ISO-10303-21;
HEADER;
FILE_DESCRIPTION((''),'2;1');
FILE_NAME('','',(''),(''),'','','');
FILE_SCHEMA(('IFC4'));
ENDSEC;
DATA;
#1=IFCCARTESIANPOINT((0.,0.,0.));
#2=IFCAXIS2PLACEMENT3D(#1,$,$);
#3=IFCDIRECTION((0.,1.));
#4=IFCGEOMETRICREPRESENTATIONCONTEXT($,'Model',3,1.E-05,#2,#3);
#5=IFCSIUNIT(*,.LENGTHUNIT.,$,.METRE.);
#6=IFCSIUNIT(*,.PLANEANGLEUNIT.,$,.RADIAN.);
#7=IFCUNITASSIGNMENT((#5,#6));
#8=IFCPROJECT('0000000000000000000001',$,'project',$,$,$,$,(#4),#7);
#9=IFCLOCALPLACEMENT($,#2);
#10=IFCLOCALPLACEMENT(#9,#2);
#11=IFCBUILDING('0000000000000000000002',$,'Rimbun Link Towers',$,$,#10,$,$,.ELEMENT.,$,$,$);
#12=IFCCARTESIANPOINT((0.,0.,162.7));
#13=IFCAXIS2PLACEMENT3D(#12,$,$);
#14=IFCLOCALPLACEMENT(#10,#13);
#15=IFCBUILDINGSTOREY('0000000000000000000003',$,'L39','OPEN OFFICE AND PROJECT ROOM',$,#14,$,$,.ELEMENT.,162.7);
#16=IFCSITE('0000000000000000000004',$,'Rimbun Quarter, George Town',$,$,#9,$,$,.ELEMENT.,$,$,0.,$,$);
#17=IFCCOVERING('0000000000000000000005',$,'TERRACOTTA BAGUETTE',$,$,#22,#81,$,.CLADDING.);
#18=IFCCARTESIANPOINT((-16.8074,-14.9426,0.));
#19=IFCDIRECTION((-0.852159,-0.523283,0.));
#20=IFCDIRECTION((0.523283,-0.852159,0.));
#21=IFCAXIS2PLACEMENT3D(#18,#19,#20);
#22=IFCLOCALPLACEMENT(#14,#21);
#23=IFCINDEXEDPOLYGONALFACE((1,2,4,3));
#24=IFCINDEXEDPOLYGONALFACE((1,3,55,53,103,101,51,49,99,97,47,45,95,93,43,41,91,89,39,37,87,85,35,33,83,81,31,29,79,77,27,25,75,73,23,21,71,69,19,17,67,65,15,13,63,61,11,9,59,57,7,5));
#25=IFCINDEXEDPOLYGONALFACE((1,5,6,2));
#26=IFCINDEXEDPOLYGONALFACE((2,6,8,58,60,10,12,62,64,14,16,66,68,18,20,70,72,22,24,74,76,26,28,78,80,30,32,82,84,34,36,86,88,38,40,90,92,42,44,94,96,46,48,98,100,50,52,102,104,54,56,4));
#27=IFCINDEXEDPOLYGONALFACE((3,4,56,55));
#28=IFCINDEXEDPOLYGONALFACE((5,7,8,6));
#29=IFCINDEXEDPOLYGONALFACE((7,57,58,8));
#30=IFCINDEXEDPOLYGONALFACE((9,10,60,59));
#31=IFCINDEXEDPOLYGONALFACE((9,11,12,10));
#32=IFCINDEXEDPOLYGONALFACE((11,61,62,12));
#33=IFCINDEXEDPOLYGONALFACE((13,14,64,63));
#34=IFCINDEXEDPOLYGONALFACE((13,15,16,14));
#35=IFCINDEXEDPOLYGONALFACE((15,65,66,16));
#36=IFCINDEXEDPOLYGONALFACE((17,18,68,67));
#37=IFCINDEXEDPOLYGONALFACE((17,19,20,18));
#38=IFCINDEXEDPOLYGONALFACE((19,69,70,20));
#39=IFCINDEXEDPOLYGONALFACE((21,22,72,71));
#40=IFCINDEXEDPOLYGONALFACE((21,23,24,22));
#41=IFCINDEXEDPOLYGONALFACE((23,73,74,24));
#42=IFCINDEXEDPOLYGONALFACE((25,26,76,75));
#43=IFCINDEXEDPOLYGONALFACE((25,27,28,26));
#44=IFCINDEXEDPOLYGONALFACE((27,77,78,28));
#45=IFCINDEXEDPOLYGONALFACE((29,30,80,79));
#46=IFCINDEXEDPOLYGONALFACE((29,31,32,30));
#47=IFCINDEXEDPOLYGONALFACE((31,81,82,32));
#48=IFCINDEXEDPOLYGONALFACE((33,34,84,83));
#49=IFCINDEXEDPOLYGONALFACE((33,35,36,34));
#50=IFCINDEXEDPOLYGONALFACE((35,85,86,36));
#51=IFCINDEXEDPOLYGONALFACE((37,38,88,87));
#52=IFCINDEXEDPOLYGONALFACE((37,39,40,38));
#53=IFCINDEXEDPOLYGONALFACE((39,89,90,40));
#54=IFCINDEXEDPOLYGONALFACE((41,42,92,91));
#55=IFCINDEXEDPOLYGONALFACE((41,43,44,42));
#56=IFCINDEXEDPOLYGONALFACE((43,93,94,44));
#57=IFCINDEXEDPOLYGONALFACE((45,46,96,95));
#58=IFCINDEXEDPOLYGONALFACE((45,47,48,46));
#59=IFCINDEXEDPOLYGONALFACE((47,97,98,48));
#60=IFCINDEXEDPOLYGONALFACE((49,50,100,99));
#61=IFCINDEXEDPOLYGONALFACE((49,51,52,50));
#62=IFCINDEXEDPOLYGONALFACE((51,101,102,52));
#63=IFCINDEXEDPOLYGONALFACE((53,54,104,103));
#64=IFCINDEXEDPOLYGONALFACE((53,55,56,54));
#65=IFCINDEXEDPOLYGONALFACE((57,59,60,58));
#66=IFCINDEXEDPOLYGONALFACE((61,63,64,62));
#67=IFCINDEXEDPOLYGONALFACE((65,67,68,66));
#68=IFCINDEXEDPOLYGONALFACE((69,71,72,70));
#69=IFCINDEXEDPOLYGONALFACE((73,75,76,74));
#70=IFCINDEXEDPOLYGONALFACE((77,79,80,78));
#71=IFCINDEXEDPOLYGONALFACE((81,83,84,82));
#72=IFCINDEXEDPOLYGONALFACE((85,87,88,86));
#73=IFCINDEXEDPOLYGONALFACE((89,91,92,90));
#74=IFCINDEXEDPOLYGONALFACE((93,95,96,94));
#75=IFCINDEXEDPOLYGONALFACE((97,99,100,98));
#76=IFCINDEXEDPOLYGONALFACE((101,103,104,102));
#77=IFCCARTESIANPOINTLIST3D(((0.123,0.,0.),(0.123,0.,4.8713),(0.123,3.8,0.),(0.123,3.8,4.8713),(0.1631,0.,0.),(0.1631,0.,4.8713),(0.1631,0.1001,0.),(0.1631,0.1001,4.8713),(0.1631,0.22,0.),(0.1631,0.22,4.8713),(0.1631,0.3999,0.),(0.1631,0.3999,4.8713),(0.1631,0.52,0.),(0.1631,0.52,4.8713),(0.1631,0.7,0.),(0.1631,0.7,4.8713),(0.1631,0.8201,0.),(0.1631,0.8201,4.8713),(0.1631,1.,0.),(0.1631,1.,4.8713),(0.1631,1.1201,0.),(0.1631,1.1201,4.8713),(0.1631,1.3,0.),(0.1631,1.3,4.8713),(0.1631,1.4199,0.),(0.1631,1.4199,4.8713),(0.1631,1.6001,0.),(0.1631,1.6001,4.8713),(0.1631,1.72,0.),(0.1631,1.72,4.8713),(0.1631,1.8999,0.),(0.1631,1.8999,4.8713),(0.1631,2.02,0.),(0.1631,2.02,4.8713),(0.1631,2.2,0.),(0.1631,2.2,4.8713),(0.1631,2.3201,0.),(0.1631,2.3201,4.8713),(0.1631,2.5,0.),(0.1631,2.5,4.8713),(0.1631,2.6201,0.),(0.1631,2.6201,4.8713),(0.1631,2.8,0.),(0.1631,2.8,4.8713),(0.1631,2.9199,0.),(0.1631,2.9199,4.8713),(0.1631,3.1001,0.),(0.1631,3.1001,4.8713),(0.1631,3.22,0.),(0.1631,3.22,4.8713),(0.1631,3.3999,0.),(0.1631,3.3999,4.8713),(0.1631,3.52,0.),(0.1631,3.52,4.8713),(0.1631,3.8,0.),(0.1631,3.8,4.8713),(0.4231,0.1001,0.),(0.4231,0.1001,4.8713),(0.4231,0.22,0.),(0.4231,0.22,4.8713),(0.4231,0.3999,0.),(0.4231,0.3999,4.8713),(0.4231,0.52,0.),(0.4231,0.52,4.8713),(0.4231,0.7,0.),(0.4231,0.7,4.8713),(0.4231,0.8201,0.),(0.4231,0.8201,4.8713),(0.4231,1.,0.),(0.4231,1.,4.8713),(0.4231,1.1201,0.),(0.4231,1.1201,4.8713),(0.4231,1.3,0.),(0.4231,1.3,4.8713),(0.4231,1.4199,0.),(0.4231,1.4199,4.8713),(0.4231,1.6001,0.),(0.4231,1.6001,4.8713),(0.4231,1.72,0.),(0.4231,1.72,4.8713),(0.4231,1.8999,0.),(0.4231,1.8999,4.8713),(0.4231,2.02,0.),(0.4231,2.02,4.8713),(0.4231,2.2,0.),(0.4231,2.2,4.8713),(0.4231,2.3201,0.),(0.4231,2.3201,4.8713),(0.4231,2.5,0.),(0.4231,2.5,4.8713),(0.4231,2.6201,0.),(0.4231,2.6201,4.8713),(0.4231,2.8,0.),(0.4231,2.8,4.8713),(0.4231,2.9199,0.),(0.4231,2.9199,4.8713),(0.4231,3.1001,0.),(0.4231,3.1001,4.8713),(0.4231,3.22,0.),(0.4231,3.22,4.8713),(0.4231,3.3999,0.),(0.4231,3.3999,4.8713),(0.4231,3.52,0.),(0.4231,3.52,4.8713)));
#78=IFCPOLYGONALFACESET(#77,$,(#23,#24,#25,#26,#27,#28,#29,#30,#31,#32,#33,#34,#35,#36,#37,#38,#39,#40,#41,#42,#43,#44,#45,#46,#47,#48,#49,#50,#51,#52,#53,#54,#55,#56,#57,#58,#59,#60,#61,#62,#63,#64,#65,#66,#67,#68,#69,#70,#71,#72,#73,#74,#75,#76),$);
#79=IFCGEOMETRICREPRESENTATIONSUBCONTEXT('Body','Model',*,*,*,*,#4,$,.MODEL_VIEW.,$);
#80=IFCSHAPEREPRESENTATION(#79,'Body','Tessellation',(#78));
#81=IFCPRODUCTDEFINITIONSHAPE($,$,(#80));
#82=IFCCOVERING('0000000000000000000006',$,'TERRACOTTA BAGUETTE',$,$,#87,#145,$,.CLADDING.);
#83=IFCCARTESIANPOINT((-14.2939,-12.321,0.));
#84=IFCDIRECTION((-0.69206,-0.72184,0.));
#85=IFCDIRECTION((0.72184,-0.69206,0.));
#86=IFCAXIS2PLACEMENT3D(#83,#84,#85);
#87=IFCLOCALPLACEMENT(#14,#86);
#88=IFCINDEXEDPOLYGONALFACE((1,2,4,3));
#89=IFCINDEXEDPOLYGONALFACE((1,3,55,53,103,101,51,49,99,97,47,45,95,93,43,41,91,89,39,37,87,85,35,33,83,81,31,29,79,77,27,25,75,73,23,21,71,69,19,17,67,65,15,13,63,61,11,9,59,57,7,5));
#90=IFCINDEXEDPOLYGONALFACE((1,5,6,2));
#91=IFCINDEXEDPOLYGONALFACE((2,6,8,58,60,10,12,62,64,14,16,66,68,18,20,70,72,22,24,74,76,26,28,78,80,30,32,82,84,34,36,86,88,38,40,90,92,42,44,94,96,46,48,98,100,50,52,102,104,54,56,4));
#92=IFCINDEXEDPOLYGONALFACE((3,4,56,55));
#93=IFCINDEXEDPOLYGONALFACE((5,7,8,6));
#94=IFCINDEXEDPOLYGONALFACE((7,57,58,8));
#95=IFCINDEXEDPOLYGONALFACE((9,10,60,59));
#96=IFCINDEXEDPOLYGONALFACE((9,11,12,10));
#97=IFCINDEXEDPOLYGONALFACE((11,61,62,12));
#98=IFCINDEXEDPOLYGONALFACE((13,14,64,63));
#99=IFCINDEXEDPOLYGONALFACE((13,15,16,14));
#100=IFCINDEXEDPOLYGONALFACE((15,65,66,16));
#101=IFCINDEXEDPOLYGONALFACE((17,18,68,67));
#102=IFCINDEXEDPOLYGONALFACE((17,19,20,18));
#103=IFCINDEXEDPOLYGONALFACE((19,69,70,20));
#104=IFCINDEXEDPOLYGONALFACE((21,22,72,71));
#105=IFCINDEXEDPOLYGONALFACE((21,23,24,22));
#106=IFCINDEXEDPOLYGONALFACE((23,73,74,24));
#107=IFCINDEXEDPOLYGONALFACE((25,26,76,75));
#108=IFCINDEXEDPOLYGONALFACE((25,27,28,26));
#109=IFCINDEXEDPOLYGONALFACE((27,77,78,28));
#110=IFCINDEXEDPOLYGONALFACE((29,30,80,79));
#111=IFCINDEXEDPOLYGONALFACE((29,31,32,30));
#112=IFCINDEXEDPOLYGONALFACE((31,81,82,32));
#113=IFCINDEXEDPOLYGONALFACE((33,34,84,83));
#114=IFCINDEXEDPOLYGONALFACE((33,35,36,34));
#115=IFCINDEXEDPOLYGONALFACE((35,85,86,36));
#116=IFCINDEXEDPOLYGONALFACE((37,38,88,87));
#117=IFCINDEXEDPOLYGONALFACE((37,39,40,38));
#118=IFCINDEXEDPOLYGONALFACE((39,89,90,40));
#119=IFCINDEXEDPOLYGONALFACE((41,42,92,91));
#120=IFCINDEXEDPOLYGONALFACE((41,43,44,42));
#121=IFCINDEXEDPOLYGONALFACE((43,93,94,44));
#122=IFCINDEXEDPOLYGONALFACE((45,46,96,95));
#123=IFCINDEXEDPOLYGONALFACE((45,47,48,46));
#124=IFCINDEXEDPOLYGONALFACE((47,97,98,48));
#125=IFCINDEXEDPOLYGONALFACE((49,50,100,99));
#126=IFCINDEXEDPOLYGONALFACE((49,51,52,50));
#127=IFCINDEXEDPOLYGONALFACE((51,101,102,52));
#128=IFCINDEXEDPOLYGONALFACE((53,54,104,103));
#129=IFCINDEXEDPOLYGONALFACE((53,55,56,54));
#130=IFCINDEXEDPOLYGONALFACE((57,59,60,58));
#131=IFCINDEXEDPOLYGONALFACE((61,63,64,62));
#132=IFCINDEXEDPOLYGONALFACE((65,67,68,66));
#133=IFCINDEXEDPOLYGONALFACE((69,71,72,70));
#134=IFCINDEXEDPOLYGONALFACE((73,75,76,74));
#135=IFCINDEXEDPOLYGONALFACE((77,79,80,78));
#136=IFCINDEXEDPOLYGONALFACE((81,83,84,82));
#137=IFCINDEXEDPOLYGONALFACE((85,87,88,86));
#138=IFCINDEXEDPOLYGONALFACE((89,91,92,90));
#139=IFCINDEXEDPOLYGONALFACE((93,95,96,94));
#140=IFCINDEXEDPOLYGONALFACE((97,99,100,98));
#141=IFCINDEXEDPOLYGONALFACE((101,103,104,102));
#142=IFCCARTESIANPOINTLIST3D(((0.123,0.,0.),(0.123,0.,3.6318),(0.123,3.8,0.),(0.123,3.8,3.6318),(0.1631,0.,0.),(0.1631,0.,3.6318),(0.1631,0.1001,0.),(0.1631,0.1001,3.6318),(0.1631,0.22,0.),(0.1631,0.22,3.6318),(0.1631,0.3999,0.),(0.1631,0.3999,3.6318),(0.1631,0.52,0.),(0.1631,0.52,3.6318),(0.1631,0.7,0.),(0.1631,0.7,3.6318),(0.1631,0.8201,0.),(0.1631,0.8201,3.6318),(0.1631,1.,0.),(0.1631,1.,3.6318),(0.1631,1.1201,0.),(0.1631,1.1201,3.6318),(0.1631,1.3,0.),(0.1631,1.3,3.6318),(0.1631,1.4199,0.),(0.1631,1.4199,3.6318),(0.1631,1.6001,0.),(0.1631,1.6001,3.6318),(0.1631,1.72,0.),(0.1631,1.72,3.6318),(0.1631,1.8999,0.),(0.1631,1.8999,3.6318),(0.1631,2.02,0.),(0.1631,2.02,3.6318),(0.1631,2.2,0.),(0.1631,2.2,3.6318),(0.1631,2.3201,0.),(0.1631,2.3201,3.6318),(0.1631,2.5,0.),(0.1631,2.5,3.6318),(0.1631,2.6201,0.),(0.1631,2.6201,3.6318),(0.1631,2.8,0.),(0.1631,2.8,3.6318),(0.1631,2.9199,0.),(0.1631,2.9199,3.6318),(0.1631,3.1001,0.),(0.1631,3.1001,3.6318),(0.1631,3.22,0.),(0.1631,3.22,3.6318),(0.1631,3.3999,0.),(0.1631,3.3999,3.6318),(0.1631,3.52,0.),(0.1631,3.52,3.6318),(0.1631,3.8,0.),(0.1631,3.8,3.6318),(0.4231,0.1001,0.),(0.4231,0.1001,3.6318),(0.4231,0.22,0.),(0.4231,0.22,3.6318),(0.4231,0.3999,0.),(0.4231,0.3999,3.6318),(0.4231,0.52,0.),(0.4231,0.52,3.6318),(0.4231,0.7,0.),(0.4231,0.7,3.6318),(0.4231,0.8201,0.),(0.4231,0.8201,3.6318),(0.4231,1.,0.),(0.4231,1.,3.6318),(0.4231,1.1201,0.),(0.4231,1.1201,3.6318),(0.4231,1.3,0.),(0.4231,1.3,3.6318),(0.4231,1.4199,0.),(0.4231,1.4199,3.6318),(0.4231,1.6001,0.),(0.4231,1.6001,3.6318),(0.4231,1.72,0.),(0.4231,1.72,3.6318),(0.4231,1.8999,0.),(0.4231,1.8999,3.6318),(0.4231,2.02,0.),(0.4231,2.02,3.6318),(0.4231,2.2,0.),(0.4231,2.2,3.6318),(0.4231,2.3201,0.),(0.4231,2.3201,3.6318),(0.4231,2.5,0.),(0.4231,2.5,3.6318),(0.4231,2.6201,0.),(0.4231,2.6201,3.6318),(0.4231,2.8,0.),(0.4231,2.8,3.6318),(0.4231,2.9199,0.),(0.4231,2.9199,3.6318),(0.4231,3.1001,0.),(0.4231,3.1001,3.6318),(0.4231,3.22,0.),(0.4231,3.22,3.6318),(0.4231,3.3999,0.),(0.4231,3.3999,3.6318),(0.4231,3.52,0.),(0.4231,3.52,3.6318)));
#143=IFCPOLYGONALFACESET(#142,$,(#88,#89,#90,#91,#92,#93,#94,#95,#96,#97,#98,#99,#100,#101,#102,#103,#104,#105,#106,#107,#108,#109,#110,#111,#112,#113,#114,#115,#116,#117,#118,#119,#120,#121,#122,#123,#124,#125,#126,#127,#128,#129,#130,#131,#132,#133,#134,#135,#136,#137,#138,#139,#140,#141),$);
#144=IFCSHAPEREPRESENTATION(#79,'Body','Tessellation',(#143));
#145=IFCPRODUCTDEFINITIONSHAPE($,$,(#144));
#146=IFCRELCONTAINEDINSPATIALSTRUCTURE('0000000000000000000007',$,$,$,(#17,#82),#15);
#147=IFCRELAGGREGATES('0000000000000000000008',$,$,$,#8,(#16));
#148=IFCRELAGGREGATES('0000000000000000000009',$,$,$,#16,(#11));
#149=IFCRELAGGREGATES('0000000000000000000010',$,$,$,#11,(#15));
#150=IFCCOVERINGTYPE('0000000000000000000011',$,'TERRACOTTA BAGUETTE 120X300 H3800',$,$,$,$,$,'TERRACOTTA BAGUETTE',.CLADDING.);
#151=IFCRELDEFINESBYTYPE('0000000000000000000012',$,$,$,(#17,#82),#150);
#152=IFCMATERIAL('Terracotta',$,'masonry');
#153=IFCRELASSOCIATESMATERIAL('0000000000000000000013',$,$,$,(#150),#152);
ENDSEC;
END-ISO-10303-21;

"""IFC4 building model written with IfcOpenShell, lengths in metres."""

from ifc_helpers import new_model, si_unit, direction, frame, origin, place, context, subcontext, project, spatial, polyline, outline, extrude, material, material_profile, profile_set, type_object, element, save


model = new_model("IFC4")

# Units and contexts
model_context = context("Model", 3, precision=1e-05, world=origin(), true_north=direction((0.0, 1.0)))
body_context = subcontext(model_context, "Body", "Model", "MODEL_VIEW")
ifc_project = project(units=[si_unit("LENGTHUNIT", "METRE"), si_unit("PLANEANGLEUNIT", "RADIAN")], contexts=[model_context])

# Site, building, storey
site_placement = place(None, origin())
site = spatial("IfcSite", under=ifc_project, at=site_placement, Name="Rimbun Quarter, George Town", CompositionType="ELEMENT", RefElevation=0.0)
building_placement = place(site_placement, origin())
building = spatial("IfcBuilding", under=site, at=building_placement, Name="Rimbun Link Towers", CompositionType="ELEMENT")
storey_placement = place(building_placement, frame((0.0, 0.0, 162.7)))
storey = spatial("IfcBuildingStorey", under=building, at=storey_placement, Name="L39", Description="OPEN OFFICE AND PROJECT ROOM", CompositionType="ELEMENT", Elevation=162.7)

# Coverings
ifc_material_1 = material(Name="Terracotta", Category="masonry")
ifc_material_profile_1 = material_profile(ifc_material_1, outline(polyline([(0.123, 0.0), (0.1631, 0.0), (0.1631, 0.1001), (0.4231, 0.1001), (0.4231, 0.22), (0.1631, 0.22), (0.1631, 0.3999), (0.4231, 0.3999), (0.4231, 0.52), (0.1631, 0.52), (0.1631, 0.7), (0.4231, 0.7), (0.4231, 0.8201), (0.1631, 0.8201), (0.1631, 1.0), (0.4231, 1.0), (0.4231, 1.1201), (0.1631, 1.1201), (0.1631, 1.3), (0.4231, 1.3), (0.4231, 1.4199), (0.1631, 1.4199), (0.1631, 1.6001), (0.4231, 1.6001), (0.4231, 1.72), (0.1631, 1.72), (0.1631, 1.8999), (0.4231, 1.8999), (0.4231, 2.02), (0.1631, 2.02), (0.1631, 2.2), (0.4231, 2.2), (0.4231, 2.3201), (0.1631, 2.3201), (0.1631, 2.5), (0.4231, 2.5), (0.4231, 2.6201), (0.1631, 2.6201), (0.1631, 2.8), (0.4231, 2.8), (0.4231, 2.9199), (0.1631, 2.9199), (0.1631, 3.1001), (0.4231, 3.1001), (0.4231, 3.22), (0.1631, 3.22), (0.1631, 3.3999), (0.4231, 3.3999), (0.4231, 3.52), (0.1631, 3.52), (0.1631, 3.8), (0.123, 3.8), (0.123, 0.0)])), Name="BAGUETTE 120X300")
ifc_profile_set_1 = profile_set([ifc_material_profile_1], Name="Terracotta")
covering_type = type_object("IfcCoveringType", Name="TERRACOTTA BAGUETTE 120X300 H3800", ElementType="TERRACOTTA BAGUETTE", PredefinedType="CLADDING", material=ifc_profile_set_1)
covering_1_placement = place(storey_placement, frame((-16.8074, -14.9426, 0.0), z_axis=(-0.852159, -0.523283, 0.0), x_axis=(0.523283, -0.852159, 0.0)))
element("IfcCovering", 1, at=covering_1_placement, inside=storey, type_object=covering_type, Name="TERRACOTTA BAGUETTE", PredefinedType="CLADDING", context=body_context, shape_type="SweptSolid", body=[
    extrude(outline(polyline([(0.123, 0.0), (0.1631, 0.0), (0.1631, 0.1001), (0.4231, 0.1001), (0.4231, 0.22), (0.1631, 0.22), (0.1631, 0.3999), (0.4231, 0.3999), (0.4231, 0.52), (0.1631, 0.52), (0.1631, 0.7), (0.4231, 0.7), (0.4231, 0.8201), (0.1631, 0.8201), (0.1631, 1.0), (0.4231, 1.0), (0.4231, 1.1201), (0.1631, 1.1201), (0.1631, 1.3), (0.4231, 1.3), (0.4231, 1.4199), (0.1631, 1.4199), (0.1631, 1.6001), (0.4231, 1.6001), (0.4231, 1.72), (0.1631, 1.72), (0.1631, 1.8999), (0.4231, 1.8999), (0.4231, 2.02), (0.1631, 2.02), (0.1631, 2.2), (0.4231, 2.2), (0.4231, 2.3201), (0.1631, 2.3201), (0.1631, 2.5), (0.4231, 2.5), (0.4231, 2.6201), (0.1631, 2.6201), (0.1631, 2.8), (0.4231, 2.8), (0.4231, 2.9199), (0.1631, 2.9199), (0.1631, 3.1001), (0.4231, 3.1001), (0.4231, 3.22), (0.1631, 3.22), (0.1631, 3.3999), (0.4231, 3.3999), (0.4231, 3.52), (0.1631, 3.52), (0.1631, 3.8), (0.123, 3.8), (0.123, 0.0)])), origin(), (0.0, 0.0, 1.0), 4.8713),
])
covering_2_placement = place(storey_placement, frame((-14.2939, -12.321, 0.0), z_axis=(-0.69206, -0.72184, 0.0), x_axis=(0.72184, -0.69206, 0.0)))
element("IfcCovering", 2, at=covering_2_placement, inside=storey, type_object=covering_type, Name="TERRACOTTA BAGUETTE", PredefinedType="CLADDING", context=body_context, shape_type="SweptSolid", body=[
    extrude(outline(polyline([(0.123, 0.0), (0.1631, 0.0), (0.1631, 0.1001), (0.4231, 0.1001), (0.4231, 0.22), (0.1631, 0.22), (0.1631, 0.3999), (0.4231, 0.3999), (0.4231, 0.52), (0.1631, 0.52), (0.1631, 0.7), (0.4231, 0.7), (0.4231, 0.8201), (0.1631, 0.8201), (0.1631, 1.0), (0.4231, 1.0), (0.4231, 1.1201), (0.1631, 1.1201), (0.1631, 1.3), (0.4231, 1.3), (0.4231, 1.4199), (0.1631, 1.4199), (0.1631, 1.6001), (0.4231, 1.6001), (0.4231, 1.72), (0.1631, 1.72), (0.1631, 1.8999), (0.4231, 1.8999), (0.4231, 2.02), (0.1631, 2.02), (0.1631, 2.2), (0.4231, 2.2), (0.4231, 2.3201), (0.1631, 2.3201), (0.1631, 2.5), (0.4231, 2.5), (0.4231, 2.6201), (0.1631, 2.6201), (0.1631, 2.8), (0.4231, 2.8), (0.4231, 2.9199), (0.1631, 2.9199), (0.1631, 3.1001), (0.4231, 3.1001), (0.4231, 3.22), (0.1631, 3.22), (0.1631, 3.3999), (0.4231, 3.3999), (0.4231, 3.52), (0.1631, 3.52), (0.1631, 3.8), (0.123, 3.8), (0.123, 0.0)])), origin(), (0.0, 0.0, 1.0), 3.6318),
])

save(model, "model.ifc")
